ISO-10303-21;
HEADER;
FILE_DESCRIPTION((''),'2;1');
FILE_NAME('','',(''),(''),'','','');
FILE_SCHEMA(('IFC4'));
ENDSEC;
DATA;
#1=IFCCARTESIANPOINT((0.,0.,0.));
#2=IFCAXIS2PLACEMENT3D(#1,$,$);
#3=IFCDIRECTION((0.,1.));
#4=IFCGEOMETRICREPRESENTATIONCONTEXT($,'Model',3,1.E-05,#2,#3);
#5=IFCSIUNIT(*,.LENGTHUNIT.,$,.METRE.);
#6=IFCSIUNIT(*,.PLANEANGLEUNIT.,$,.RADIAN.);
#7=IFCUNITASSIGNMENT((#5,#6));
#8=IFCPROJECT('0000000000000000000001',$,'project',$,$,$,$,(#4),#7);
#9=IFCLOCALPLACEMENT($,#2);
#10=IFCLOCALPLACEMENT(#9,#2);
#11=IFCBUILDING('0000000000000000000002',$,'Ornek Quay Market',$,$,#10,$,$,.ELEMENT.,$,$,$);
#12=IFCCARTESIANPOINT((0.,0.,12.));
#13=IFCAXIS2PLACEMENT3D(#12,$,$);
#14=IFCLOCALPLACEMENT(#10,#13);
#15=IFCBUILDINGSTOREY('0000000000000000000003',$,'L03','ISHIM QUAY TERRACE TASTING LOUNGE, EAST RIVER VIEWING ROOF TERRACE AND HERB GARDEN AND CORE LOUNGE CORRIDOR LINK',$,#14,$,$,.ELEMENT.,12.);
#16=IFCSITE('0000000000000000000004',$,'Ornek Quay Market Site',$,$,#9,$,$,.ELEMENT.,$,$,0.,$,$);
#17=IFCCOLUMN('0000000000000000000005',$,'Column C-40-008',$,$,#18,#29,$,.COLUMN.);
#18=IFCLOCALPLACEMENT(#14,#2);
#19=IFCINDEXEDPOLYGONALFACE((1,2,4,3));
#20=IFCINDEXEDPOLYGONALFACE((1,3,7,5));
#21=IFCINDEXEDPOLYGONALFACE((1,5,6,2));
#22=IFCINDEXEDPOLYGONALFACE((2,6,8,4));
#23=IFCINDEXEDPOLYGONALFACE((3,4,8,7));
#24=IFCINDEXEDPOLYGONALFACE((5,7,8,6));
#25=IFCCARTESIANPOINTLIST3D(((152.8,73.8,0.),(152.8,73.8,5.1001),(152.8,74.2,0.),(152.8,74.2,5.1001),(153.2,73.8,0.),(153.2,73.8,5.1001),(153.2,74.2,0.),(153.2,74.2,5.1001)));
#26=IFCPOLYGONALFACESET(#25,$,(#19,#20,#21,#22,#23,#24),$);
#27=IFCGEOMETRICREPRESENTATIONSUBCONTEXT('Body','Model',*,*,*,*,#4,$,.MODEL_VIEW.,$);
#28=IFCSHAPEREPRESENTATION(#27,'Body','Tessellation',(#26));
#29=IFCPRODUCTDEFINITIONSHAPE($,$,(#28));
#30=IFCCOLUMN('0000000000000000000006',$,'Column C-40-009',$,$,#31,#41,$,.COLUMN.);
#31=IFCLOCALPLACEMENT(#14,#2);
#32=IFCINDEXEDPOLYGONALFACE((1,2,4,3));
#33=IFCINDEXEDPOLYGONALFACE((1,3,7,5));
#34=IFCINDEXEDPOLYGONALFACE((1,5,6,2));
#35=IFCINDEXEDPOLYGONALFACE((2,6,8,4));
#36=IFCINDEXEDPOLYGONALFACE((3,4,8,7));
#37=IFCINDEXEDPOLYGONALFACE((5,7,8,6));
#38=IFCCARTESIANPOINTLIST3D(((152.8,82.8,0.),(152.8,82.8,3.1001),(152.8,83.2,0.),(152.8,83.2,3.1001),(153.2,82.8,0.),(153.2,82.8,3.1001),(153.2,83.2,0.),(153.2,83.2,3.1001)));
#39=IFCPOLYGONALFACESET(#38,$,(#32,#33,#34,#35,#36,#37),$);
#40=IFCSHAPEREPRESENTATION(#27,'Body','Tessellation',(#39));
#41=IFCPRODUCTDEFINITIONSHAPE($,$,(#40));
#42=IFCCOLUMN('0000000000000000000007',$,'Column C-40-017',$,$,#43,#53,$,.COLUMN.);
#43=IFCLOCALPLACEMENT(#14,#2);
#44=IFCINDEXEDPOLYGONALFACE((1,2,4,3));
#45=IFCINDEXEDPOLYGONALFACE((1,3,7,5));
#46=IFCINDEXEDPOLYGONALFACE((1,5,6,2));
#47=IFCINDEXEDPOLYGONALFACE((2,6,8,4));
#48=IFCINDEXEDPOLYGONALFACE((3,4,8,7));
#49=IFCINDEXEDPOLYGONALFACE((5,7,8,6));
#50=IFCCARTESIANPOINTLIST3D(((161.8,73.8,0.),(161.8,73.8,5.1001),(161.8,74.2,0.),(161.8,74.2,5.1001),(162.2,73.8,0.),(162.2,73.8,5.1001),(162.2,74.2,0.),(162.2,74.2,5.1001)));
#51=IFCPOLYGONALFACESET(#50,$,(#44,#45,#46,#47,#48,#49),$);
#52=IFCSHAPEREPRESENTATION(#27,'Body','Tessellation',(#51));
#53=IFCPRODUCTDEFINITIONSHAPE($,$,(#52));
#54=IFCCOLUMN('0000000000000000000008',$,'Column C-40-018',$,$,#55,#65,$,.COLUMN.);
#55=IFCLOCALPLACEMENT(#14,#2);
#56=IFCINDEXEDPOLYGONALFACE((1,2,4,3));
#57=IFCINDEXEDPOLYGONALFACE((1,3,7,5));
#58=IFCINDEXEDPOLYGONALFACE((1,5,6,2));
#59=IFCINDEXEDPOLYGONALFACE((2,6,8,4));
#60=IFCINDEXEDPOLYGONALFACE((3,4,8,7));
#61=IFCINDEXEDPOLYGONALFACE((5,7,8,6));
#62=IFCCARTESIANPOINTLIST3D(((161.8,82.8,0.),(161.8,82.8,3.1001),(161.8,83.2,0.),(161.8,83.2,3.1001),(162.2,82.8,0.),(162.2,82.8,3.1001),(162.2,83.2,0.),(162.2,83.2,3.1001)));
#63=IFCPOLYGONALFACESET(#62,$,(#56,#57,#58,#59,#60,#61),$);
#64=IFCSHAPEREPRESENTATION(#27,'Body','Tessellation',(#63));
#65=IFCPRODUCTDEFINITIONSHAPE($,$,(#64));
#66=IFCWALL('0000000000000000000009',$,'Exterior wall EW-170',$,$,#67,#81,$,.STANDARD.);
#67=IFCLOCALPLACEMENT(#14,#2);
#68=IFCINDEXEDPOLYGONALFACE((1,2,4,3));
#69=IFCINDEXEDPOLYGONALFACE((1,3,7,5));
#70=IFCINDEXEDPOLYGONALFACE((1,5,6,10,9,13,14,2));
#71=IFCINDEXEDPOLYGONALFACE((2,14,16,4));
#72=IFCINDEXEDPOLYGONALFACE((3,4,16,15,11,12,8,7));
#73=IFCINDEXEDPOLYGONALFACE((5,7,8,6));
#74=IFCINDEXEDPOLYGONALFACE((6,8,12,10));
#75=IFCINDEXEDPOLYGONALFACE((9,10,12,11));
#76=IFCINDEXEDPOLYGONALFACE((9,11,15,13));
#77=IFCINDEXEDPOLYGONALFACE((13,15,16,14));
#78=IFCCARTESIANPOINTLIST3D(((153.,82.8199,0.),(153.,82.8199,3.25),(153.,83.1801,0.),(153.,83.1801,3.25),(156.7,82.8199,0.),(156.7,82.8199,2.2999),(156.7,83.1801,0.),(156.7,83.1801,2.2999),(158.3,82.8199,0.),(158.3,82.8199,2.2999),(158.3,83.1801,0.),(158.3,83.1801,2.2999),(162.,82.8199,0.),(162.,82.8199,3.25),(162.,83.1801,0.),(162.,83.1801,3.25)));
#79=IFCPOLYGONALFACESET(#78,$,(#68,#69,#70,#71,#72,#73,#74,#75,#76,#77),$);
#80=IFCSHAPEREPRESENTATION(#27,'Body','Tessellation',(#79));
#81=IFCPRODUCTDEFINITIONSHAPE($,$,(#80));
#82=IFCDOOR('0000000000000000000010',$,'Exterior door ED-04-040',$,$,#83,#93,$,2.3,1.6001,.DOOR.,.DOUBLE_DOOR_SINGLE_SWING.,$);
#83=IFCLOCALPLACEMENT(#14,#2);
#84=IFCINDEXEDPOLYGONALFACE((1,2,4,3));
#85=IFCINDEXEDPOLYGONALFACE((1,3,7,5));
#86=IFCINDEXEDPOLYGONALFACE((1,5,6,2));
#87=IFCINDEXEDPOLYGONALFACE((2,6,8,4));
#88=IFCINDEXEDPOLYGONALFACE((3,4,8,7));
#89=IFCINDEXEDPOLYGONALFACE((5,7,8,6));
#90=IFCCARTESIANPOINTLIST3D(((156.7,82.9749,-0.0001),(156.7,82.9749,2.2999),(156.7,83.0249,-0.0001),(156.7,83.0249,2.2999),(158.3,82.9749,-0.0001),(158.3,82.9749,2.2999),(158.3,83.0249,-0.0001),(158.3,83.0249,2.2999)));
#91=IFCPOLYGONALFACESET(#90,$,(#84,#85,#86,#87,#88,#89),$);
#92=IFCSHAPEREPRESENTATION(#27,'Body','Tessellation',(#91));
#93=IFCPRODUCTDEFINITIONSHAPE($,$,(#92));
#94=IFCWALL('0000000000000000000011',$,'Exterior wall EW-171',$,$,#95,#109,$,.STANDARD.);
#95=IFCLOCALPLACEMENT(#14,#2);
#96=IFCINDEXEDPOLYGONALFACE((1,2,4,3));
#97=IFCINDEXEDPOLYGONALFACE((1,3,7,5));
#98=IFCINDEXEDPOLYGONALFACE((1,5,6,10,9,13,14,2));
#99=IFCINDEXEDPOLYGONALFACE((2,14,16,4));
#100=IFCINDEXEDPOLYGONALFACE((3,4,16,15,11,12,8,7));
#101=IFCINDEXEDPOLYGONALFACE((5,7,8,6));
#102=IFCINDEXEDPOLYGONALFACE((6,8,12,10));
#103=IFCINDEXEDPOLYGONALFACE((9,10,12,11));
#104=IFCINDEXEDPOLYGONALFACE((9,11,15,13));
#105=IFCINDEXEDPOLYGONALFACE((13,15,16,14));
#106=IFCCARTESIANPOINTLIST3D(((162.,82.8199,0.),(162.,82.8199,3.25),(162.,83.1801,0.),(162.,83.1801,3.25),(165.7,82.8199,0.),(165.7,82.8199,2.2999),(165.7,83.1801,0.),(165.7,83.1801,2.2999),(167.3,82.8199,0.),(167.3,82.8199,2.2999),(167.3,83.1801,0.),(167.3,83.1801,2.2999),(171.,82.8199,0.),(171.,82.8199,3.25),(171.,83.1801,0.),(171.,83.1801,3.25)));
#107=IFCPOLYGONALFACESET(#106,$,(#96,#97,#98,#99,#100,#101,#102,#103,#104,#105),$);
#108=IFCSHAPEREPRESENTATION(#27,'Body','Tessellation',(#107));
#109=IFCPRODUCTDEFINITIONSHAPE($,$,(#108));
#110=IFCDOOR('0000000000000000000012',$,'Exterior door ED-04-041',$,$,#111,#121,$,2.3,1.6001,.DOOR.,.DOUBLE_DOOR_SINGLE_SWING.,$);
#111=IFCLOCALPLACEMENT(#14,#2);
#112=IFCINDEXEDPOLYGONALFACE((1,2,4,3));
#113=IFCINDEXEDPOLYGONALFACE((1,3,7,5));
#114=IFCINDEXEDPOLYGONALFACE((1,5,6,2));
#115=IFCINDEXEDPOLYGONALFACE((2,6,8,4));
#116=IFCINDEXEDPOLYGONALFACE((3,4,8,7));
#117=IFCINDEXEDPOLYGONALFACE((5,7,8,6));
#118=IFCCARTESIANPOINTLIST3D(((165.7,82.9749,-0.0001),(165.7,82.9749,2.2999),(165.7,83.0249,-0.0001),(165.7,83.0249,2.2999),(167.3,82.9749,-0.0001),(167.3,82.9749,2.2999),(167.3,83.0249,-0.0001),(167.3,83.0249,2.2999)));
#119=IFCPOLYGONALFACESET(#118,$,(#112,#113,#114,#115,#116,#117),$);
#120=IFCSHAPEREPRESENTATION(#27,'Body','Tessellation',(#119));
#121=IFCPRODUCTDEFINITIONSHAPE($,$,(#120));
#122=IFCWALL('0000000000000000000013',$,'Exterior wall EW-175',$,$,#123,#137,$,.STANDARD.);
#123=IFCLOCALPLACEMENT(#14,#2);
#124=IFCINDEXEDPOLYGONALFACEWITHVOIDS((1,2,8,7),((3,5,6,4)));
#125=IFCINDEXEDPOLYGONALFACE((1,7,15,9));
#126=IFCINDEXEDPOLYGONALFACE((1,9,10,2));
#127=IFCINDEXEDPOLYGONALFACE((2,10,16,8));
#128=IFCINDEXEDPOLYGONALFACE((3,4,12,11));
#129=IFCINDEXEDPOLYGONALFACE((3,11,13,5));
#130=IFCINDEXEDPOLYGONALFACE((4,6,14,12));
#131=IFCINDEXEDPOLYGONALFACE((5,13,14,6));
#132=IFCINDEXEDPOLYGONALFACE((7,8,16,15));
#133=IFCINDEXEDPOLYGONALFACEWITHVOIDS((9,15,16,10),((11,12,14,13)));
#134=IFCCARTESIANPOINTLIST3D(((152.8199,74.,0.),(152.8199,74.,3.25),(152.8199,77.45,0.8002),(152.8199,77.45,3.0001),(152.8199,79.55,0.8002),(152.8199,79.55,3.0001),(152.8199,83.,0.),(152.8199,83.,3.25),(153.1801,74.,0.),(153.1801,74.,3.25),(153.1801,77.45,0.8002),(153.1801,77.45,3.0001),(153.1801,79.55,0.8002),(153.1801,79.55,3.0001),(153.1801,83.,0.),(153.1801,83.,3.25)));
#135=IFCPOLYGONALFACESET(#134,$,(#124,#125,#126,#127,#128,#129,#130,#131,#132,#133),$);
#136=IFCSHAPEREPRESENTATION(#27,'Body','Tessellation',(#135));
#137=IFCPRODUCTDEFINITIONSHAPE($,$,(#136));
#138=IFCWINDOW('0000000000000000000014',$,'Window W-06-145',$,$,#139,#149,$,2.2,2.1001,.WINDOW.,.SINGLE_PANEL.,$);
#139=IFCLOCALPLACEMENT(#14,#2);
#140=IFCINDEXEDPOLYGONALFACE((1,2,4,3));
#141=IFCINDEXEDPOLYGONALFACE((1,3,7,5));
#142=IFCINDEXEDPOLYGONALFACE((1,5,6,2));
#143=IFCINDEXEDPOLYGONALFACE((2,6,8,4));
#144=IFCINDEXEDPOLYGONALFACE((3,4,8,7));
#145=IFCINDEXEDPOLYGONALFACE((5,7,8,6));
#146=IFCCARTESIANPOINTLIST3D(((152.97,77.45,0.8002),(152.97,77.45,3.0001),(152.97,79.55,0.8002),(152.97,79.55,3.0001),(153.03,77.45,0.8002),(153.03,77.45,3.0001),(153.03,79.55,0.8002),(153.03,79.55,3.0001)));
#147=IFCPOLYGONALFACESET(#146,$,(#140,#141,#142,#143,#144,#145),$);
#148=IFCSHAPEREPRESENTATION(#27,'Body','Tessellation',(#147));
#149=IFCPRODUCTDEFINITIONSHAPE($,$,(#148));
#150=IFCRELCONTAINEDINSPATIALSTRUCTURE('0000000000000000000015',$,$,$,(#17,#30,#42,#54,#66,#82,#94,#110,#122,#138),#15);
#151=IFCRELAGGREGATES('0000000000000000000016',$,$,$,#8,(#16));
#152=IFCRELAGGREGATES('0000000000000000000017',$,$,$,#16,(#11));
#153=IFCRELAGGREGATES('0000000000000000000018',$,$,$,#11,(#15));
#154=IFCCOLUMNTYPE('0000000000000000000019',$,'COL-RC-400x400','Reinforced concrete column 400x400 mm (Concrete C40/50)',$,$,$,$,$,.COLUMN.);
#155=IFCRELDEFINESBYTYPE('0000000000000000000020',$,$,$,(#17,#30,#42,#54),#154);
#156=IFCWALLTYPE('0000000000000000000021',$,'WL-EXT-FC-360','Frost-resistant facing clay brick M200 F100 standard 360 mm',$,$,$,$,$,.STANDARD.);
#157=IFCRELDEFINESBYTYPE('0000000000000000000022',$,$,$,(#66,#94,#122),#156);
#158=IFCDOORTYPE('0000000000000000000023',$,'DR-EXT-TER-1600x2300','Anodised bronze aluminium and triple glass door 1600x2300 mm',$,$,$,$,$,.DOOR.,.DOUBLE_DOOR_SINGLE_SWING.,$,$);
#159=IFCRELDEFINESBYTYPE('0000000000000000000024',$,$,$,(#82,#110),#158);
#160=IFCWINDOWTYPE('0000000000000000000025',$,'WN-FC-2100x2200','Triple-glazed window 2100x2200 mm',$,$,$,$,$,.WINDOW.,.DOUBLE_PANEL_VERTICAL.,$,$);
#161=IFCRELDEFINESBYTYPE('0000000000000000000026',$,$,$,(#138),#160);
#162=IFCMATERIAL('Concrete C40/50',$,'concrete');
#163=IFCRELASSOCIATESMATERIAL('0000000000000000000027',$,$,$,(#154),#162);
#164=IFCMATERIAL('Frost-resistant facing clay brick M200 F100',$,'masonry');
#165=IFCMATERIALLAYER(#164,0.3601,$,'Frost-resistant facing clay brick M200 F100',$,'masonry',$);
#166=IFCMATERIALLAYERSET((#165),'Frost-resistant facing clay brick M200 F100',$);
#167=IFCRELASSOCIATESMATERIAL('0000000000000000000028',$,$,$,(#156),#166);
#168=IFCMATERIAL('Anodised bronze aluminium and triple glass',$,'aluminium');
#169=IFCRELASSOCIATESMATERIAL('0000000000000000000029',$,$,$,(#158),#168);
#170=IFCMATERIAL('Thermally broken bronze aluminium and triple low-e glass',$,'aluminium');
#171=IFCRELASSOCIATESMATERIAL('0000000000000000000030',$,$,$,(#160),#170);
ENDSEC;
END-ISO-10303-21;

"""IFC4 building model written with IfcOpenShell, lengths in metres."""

from ifc_helpers import new_model, si_unit, direction, frame, frame_2d, origin, origin_2d, place, context, subcontext, project, spatial, rectangle, extrude, material, layer, layer_set, material_profile, profile_set, type_object, element, fill, save


model = new_model("IFC4")

# Units and contexts
model_context = context("Model", 3, precision=1e-05, world=origin(), true_north=direction((0.0, 1.0)))
body_context = subcontext(model_context, "Body", "Model", "MODEL_VIEW")
ifc_project = project(units=[si_unit("LENGTHUNIT", "METRE"), si_unit("PLANEANGLEUNIT", "RADIAN")], contexts=[model_context])

# Site, building, storey
site_placement = place(None, origin())
site = spatial("IfcSite", under=ifc_project, at=site_placement, Name="Ornek Quay Market Site", CompositionType="ELEMENT", RefElevation=0.0)
building_placement = place(site_placement, origin())
building = spatial("IfcBuilding", under=site, at=building_placement, Name="Ornek Quay Market", CompositionType="ELEMENT")
storey_placement = place(building_placement, frame((0.0, 0.0, 12.0)))
storey = spatial("IfcBuildingStorey", under=building, at=storey_placement, Name="L03", Description="ISHIM QUAY TERRACE TASTING LOUNGE, EAST RIVER VIEWING ROOF TERRACE AND HERB GARDEN AND CORE LOUNGE CORRIDOR LINK", CompositionType="ELEMENT", Elevation=12.0)

# Columns
ifc_material_1 = material(Name="Concrete C40/50", Category="concrete")
ifc_material_profile = material_profile(ifc_material_1, rectangle(XDim=0.3999, YDim=0.3999, at=origin_2d()), Name="RC 400x400", Category="concrete")
ifc_profile_set = profile_set([ifc_material_profile], Name="Concrete C40/50")
column_type = type_object("IfcColumnType", Name="COL-RC-400x400", Description="Reinforced concrete column 400x400 mm (Concrete C40/50)", PredefinedType="COLUMN", material=ifc_profile_set)
column_1_placement = place(storey_placement, frame((153.0, 74.0, 0.0), z_axis=(0.0, 0.0, 1.0), x_axis=(1.0, 0.0, 0.0)))
element("IfcColumn", 1, at=column_1_placement, inside=storey, type_object=column_type, Name="Column C-40-008", PredefinedType="COLUMN", context=body_context, shape_type="SweptSolid", body=[
    extrude(rectangle(XDim=0.3999, YDim=0.3999, at=origin_2d()), origin(), (0.0, 0.0, 1.0), 5.1001),
])
column_2_placement = place(storey_placement, frame((153.0, 83.0, 0.0), z_axis=(0.0, 0.0, 1.0), x_axis=(1.0, 0.0, 0.0)))
element("IfcColumn", 2, at=column_2_placement, inside=storey, type_object=column_type, Name="Column C-40-009", PredefinedType="COLUMN", context=body_context, shape_type="SweptSolid", body=[
    extrude(rectangle(XDim=0.3999, YDim=0.3999, at=origin_2d()), origin(), (0.0, 0.0, 1.0), 3.1001),
])
column_3_placement = place(storey_placement, frame((162.0, 74.0, 0.0), z_axis=(0.0, 0.0, 1.0), x_axis=(1.0, 0.0, 0.0)))
element("IfcColumn", 3, at=column_3_placement, inside=storey, type_object=column_type, Name="Column C-40-017", PredefinedType="COLUMN", context=body_context, shape_type="SweptSolid", body=[
    extrude(rectangle(XDim=0.3999, YDim=0.3999, at=origin_2d()), origin(), (0.0, 0.0, 1.0), 5.1001),
])
column_4_placement = place(storey_placement, frame((162.0, 83.0, 0.0), z_axis=(0.0, 0.0, 1.0), x_axis=(1.0, 0.0, 0.0)))
element("IfcColumn", 4, at=column_4_placement, inside=storey, type_object=column_type, Name="Column C-40-018", PredefinedType="COLUMN", context=body_context, shape_type="SweptSolid", body=[
    extrude(rectangle(XDim=0.3999, YDim=0.3999, at=origin_2d()), origin(), (0.0, 0.0, 1.0), 3.1001),
])

# Walls, openings, doors
ifc_material_2 = material(Name="Frost-resistant facing clay brick M200 F100", Category="masonry")
ifc_layer_1 = layer(ifc_material_2, 0.3601, Name="Frost-resistant facing clay brick M200 F100", Category="masonry")
ifc_layer_set_1 = layer_set([ifc_layer_1], Name="Frost-resistant facing clay brick M200 F100")
wall_type = type_object("IfcWallType", Name="WL-EXT-FC-360", Description="Frost-resistant facing clay brick M200 F100 standard 360 mm", PredefinedType="STANDARD", material=ifc_layer_set_1)
wall_1_placement = place(storey_placement, frame((153.0, 83.0, 0.0), z_axis=(0.0, 0.0, 1.0), x_axis=(1.0, 0.0, 0.0)))
wall_1 = element("IfcWall", 5, at=wall_1_placement, inside=storey, type_object=wall_type, Name="Exterior wall EW-170", PredefinedType="STANDARD", context=body_context, shape_type="SweptSolid", body=[
    extrude(rectangle(XDim=9.0, YDim=0.3601, at=frame_2d((4.5, 0.0))), origin(), (0.0, 0.0, 1.0), 3.25),
])
opening_1_placement = place(wall_1_placement, frame((3.7, 0.0, 0.0)))
opening_1 = element("IfcOpeningElement", 6, at=opening_1_placement, cuts=wall_1, PredefinedType="OPENING", context=body_context, shape_type="SweptSolid", body=[
    extrude(rectangle(XDim=1.6001, YDim=2.3, at=frame_2d((0.8, 1.1499))), frame((0.0, 0.1899, 0.0), z_axis=(0.0, -1.0, 0.0), x_axis=(1.0, 0.0, 0.0)), (0.0, 0.0, 1.0), 0.3801),
])
ifc_material_3 = material(Name="Anodised bronze aluminium and triple glass", Category="aluminium")
door_type = type_object("IfcDoorType", Name="DR-EXT-TER-1600x2300", Description="Anodised bronze aluminium and triple glass door 1600x2300 mm", OperationType="DOUBLE_DOOR_SINGLE_SWING", PredefinedType="DOOR", material=ifc_material_3)
door_1_placement = place(opening_1_placement, origin())
door_1 = element("IfcDoor", 7, at=door_1_placement, inside=storey, type_object=door_type, Name="Exterior door ED-04-040", OperationType="DOUBLE_DOOR_SINGLE_SWING", OverallHeight=2.3, OverallWidth=1.6001, PredefinedType="DOOR", context=body_context, shape_type="SweptSolid", body=[
    extrude(rectangle(XDim=1.6001, YDim=2.3, at=frame_2d((0.8, 1.1499))), frame((0.0, 0.0249, 0.0), z_axis=(0.0, -1.0, 0.0), x_axis=(1.0, 0.0, 0.0)), (0.0, 0.0, 1.0), 0.05),
])
fill(opening_1, door_1)
wall_2_placement = place(storey_placement, frame((162.0, 83.0, 0.0), z_axis=(0.0, 0.0, 1.0), x_axis=(1.0, 0.0, 0.0)))
wall_2 = element("IfcWall", 8, at=wall_2_placement, inside=storey, type_object=wall_type, Name="Exterior wall EW-171", PredefinedType="STANDARD", context=body_context, shape_type="SweptSolid", body=[
    extrude(rectangle(XDim=9.0, YDim=0.3601, at=frame_2d((4.5, 0.0))), origin(), (0.0, 0.0, 1.0), 3.25),
])
opening_2_placement = place(wall_2_placement, frame((3.7, 0.0, 0.0)))
opening_2 = element("IfcOpeningElement", 9, at=opening_2_placement, cuts=wall_2, PredefinedType="OPENING", context=body_context, shape_type="SweptSolid", body=[
    extrude(rectangle(XDim=1.6001, YDim=2.3, at=frame_2d((0.8, 1.1499))), frame((0.0, 0.1899, 0.0), z_axis=(0.0, -1.0, 0.0), x_axis=(1.0, 0.0, 0.0)), (0.0, 0.0, 1.0), 0.3801),
])
door_2_placement = place(opening_2_placement, origin())
door_2 = element("IfcDoor", 10, at=door_2_placement, inside=storey, type_object=door_type, Name="Exterior door ED-04-041", OperationType="DOUBLE_DOOR_SINGLE_SWING", OverallHeight=2.3, OverallWidth=1.6001, PredefinedType="DOOR", context=body_context, shape_type="SweptSolid", body=[
    extrude(rectangle(XDim=1.6001, YDim=2.3, at=frame_2d((0.8, 1.1499))), frame((0.0, 0.0249, 0.0), z_axis=(0.0, -1.0, 0.0), x_axis=(1.0, 0.0, 0.0)), (0.0, 0.0, 1.0), 0.05),
])
fill(opening_2, door_2)

# Wall, opening, window
wall_3_placement = place(storey_placement, frame((153.0, 74.0, 0.0), z_axis=(0.0, 0.0, 1.0), x_axis=(0.0, 1.0, 0.0)))
wall_3 = element("IfcWall", 11, at=wall_3_placement, inside=storey, type_object=wall_type, Name="Exterior wall EW-175", PredefinedType="STANDARD", context=body_context, shape_type="SweptSolid", body=[
    extrude(rectangle(XDim=9.0, YDim=0.3601, at=frame_2d((4.5, 0.0))), origin(), (0.0, 0.0, 1.0), 3.25),
])
opening_3_placement = place(wall_3_placement, frame((3.45, 0.0, 0.8)))
opening_3 = element("IfcOpeningElement", 12, at=opening_3_placement, cuts=wall_3, PredefinedType="OPENING", context=body_context, shape_type="SweptSolid", body=[
    extrude(rectangle(XDim=2.1001, YDim=2.2, at=frame_2d((1.05, 1.1001))), frame((0.0, 0.1899, 0.0), z_axis=(0.0, -1.0, 0.0), x_axis=(1.0, 0.0, 0.0)), (0.0, 0.0, 1.0), 0.3801),
])
ifc_material_4 = material(Name="Thermally broken bronze aluminium and triple low-e glass", Category="aluminium")
window_type = type_object("IfcWindowType", Name="WN-FC-2100x2200", Description="Triple-glazed window 2100x2200 mm", PartitioningType="DOUBLE_PANEL_VERTICAL", PredefinedType="WINDOW", material=ifc_material_4)
window_placement = place(opening_3_placement, origin())
window = element("IfcWindow", 13, at=window_placement, inside=storey, type_object=window_type, Name="Window W-06-145", OverallHeight=2.2, OverallWidth=2.1001, PartitioningType="SINGLE_PANEL", PredefinedType="WINDOW", context=body_context, shape_type="SweptSolid", body=[
    extrude(rectangle(XDim=2.1001, YDim=2.2, at=frame_2d((1.05, 1.1001))), frame((0.0, 0.03, 0.0), z_axis=(0.0, -1.0, 0.0), x_axis=(1.0, 0.0, 0.0)), (0.0, 0.0, 1.0), 0.0601),
])
fill(opening_3, window)

save(model, "model.ifc")
